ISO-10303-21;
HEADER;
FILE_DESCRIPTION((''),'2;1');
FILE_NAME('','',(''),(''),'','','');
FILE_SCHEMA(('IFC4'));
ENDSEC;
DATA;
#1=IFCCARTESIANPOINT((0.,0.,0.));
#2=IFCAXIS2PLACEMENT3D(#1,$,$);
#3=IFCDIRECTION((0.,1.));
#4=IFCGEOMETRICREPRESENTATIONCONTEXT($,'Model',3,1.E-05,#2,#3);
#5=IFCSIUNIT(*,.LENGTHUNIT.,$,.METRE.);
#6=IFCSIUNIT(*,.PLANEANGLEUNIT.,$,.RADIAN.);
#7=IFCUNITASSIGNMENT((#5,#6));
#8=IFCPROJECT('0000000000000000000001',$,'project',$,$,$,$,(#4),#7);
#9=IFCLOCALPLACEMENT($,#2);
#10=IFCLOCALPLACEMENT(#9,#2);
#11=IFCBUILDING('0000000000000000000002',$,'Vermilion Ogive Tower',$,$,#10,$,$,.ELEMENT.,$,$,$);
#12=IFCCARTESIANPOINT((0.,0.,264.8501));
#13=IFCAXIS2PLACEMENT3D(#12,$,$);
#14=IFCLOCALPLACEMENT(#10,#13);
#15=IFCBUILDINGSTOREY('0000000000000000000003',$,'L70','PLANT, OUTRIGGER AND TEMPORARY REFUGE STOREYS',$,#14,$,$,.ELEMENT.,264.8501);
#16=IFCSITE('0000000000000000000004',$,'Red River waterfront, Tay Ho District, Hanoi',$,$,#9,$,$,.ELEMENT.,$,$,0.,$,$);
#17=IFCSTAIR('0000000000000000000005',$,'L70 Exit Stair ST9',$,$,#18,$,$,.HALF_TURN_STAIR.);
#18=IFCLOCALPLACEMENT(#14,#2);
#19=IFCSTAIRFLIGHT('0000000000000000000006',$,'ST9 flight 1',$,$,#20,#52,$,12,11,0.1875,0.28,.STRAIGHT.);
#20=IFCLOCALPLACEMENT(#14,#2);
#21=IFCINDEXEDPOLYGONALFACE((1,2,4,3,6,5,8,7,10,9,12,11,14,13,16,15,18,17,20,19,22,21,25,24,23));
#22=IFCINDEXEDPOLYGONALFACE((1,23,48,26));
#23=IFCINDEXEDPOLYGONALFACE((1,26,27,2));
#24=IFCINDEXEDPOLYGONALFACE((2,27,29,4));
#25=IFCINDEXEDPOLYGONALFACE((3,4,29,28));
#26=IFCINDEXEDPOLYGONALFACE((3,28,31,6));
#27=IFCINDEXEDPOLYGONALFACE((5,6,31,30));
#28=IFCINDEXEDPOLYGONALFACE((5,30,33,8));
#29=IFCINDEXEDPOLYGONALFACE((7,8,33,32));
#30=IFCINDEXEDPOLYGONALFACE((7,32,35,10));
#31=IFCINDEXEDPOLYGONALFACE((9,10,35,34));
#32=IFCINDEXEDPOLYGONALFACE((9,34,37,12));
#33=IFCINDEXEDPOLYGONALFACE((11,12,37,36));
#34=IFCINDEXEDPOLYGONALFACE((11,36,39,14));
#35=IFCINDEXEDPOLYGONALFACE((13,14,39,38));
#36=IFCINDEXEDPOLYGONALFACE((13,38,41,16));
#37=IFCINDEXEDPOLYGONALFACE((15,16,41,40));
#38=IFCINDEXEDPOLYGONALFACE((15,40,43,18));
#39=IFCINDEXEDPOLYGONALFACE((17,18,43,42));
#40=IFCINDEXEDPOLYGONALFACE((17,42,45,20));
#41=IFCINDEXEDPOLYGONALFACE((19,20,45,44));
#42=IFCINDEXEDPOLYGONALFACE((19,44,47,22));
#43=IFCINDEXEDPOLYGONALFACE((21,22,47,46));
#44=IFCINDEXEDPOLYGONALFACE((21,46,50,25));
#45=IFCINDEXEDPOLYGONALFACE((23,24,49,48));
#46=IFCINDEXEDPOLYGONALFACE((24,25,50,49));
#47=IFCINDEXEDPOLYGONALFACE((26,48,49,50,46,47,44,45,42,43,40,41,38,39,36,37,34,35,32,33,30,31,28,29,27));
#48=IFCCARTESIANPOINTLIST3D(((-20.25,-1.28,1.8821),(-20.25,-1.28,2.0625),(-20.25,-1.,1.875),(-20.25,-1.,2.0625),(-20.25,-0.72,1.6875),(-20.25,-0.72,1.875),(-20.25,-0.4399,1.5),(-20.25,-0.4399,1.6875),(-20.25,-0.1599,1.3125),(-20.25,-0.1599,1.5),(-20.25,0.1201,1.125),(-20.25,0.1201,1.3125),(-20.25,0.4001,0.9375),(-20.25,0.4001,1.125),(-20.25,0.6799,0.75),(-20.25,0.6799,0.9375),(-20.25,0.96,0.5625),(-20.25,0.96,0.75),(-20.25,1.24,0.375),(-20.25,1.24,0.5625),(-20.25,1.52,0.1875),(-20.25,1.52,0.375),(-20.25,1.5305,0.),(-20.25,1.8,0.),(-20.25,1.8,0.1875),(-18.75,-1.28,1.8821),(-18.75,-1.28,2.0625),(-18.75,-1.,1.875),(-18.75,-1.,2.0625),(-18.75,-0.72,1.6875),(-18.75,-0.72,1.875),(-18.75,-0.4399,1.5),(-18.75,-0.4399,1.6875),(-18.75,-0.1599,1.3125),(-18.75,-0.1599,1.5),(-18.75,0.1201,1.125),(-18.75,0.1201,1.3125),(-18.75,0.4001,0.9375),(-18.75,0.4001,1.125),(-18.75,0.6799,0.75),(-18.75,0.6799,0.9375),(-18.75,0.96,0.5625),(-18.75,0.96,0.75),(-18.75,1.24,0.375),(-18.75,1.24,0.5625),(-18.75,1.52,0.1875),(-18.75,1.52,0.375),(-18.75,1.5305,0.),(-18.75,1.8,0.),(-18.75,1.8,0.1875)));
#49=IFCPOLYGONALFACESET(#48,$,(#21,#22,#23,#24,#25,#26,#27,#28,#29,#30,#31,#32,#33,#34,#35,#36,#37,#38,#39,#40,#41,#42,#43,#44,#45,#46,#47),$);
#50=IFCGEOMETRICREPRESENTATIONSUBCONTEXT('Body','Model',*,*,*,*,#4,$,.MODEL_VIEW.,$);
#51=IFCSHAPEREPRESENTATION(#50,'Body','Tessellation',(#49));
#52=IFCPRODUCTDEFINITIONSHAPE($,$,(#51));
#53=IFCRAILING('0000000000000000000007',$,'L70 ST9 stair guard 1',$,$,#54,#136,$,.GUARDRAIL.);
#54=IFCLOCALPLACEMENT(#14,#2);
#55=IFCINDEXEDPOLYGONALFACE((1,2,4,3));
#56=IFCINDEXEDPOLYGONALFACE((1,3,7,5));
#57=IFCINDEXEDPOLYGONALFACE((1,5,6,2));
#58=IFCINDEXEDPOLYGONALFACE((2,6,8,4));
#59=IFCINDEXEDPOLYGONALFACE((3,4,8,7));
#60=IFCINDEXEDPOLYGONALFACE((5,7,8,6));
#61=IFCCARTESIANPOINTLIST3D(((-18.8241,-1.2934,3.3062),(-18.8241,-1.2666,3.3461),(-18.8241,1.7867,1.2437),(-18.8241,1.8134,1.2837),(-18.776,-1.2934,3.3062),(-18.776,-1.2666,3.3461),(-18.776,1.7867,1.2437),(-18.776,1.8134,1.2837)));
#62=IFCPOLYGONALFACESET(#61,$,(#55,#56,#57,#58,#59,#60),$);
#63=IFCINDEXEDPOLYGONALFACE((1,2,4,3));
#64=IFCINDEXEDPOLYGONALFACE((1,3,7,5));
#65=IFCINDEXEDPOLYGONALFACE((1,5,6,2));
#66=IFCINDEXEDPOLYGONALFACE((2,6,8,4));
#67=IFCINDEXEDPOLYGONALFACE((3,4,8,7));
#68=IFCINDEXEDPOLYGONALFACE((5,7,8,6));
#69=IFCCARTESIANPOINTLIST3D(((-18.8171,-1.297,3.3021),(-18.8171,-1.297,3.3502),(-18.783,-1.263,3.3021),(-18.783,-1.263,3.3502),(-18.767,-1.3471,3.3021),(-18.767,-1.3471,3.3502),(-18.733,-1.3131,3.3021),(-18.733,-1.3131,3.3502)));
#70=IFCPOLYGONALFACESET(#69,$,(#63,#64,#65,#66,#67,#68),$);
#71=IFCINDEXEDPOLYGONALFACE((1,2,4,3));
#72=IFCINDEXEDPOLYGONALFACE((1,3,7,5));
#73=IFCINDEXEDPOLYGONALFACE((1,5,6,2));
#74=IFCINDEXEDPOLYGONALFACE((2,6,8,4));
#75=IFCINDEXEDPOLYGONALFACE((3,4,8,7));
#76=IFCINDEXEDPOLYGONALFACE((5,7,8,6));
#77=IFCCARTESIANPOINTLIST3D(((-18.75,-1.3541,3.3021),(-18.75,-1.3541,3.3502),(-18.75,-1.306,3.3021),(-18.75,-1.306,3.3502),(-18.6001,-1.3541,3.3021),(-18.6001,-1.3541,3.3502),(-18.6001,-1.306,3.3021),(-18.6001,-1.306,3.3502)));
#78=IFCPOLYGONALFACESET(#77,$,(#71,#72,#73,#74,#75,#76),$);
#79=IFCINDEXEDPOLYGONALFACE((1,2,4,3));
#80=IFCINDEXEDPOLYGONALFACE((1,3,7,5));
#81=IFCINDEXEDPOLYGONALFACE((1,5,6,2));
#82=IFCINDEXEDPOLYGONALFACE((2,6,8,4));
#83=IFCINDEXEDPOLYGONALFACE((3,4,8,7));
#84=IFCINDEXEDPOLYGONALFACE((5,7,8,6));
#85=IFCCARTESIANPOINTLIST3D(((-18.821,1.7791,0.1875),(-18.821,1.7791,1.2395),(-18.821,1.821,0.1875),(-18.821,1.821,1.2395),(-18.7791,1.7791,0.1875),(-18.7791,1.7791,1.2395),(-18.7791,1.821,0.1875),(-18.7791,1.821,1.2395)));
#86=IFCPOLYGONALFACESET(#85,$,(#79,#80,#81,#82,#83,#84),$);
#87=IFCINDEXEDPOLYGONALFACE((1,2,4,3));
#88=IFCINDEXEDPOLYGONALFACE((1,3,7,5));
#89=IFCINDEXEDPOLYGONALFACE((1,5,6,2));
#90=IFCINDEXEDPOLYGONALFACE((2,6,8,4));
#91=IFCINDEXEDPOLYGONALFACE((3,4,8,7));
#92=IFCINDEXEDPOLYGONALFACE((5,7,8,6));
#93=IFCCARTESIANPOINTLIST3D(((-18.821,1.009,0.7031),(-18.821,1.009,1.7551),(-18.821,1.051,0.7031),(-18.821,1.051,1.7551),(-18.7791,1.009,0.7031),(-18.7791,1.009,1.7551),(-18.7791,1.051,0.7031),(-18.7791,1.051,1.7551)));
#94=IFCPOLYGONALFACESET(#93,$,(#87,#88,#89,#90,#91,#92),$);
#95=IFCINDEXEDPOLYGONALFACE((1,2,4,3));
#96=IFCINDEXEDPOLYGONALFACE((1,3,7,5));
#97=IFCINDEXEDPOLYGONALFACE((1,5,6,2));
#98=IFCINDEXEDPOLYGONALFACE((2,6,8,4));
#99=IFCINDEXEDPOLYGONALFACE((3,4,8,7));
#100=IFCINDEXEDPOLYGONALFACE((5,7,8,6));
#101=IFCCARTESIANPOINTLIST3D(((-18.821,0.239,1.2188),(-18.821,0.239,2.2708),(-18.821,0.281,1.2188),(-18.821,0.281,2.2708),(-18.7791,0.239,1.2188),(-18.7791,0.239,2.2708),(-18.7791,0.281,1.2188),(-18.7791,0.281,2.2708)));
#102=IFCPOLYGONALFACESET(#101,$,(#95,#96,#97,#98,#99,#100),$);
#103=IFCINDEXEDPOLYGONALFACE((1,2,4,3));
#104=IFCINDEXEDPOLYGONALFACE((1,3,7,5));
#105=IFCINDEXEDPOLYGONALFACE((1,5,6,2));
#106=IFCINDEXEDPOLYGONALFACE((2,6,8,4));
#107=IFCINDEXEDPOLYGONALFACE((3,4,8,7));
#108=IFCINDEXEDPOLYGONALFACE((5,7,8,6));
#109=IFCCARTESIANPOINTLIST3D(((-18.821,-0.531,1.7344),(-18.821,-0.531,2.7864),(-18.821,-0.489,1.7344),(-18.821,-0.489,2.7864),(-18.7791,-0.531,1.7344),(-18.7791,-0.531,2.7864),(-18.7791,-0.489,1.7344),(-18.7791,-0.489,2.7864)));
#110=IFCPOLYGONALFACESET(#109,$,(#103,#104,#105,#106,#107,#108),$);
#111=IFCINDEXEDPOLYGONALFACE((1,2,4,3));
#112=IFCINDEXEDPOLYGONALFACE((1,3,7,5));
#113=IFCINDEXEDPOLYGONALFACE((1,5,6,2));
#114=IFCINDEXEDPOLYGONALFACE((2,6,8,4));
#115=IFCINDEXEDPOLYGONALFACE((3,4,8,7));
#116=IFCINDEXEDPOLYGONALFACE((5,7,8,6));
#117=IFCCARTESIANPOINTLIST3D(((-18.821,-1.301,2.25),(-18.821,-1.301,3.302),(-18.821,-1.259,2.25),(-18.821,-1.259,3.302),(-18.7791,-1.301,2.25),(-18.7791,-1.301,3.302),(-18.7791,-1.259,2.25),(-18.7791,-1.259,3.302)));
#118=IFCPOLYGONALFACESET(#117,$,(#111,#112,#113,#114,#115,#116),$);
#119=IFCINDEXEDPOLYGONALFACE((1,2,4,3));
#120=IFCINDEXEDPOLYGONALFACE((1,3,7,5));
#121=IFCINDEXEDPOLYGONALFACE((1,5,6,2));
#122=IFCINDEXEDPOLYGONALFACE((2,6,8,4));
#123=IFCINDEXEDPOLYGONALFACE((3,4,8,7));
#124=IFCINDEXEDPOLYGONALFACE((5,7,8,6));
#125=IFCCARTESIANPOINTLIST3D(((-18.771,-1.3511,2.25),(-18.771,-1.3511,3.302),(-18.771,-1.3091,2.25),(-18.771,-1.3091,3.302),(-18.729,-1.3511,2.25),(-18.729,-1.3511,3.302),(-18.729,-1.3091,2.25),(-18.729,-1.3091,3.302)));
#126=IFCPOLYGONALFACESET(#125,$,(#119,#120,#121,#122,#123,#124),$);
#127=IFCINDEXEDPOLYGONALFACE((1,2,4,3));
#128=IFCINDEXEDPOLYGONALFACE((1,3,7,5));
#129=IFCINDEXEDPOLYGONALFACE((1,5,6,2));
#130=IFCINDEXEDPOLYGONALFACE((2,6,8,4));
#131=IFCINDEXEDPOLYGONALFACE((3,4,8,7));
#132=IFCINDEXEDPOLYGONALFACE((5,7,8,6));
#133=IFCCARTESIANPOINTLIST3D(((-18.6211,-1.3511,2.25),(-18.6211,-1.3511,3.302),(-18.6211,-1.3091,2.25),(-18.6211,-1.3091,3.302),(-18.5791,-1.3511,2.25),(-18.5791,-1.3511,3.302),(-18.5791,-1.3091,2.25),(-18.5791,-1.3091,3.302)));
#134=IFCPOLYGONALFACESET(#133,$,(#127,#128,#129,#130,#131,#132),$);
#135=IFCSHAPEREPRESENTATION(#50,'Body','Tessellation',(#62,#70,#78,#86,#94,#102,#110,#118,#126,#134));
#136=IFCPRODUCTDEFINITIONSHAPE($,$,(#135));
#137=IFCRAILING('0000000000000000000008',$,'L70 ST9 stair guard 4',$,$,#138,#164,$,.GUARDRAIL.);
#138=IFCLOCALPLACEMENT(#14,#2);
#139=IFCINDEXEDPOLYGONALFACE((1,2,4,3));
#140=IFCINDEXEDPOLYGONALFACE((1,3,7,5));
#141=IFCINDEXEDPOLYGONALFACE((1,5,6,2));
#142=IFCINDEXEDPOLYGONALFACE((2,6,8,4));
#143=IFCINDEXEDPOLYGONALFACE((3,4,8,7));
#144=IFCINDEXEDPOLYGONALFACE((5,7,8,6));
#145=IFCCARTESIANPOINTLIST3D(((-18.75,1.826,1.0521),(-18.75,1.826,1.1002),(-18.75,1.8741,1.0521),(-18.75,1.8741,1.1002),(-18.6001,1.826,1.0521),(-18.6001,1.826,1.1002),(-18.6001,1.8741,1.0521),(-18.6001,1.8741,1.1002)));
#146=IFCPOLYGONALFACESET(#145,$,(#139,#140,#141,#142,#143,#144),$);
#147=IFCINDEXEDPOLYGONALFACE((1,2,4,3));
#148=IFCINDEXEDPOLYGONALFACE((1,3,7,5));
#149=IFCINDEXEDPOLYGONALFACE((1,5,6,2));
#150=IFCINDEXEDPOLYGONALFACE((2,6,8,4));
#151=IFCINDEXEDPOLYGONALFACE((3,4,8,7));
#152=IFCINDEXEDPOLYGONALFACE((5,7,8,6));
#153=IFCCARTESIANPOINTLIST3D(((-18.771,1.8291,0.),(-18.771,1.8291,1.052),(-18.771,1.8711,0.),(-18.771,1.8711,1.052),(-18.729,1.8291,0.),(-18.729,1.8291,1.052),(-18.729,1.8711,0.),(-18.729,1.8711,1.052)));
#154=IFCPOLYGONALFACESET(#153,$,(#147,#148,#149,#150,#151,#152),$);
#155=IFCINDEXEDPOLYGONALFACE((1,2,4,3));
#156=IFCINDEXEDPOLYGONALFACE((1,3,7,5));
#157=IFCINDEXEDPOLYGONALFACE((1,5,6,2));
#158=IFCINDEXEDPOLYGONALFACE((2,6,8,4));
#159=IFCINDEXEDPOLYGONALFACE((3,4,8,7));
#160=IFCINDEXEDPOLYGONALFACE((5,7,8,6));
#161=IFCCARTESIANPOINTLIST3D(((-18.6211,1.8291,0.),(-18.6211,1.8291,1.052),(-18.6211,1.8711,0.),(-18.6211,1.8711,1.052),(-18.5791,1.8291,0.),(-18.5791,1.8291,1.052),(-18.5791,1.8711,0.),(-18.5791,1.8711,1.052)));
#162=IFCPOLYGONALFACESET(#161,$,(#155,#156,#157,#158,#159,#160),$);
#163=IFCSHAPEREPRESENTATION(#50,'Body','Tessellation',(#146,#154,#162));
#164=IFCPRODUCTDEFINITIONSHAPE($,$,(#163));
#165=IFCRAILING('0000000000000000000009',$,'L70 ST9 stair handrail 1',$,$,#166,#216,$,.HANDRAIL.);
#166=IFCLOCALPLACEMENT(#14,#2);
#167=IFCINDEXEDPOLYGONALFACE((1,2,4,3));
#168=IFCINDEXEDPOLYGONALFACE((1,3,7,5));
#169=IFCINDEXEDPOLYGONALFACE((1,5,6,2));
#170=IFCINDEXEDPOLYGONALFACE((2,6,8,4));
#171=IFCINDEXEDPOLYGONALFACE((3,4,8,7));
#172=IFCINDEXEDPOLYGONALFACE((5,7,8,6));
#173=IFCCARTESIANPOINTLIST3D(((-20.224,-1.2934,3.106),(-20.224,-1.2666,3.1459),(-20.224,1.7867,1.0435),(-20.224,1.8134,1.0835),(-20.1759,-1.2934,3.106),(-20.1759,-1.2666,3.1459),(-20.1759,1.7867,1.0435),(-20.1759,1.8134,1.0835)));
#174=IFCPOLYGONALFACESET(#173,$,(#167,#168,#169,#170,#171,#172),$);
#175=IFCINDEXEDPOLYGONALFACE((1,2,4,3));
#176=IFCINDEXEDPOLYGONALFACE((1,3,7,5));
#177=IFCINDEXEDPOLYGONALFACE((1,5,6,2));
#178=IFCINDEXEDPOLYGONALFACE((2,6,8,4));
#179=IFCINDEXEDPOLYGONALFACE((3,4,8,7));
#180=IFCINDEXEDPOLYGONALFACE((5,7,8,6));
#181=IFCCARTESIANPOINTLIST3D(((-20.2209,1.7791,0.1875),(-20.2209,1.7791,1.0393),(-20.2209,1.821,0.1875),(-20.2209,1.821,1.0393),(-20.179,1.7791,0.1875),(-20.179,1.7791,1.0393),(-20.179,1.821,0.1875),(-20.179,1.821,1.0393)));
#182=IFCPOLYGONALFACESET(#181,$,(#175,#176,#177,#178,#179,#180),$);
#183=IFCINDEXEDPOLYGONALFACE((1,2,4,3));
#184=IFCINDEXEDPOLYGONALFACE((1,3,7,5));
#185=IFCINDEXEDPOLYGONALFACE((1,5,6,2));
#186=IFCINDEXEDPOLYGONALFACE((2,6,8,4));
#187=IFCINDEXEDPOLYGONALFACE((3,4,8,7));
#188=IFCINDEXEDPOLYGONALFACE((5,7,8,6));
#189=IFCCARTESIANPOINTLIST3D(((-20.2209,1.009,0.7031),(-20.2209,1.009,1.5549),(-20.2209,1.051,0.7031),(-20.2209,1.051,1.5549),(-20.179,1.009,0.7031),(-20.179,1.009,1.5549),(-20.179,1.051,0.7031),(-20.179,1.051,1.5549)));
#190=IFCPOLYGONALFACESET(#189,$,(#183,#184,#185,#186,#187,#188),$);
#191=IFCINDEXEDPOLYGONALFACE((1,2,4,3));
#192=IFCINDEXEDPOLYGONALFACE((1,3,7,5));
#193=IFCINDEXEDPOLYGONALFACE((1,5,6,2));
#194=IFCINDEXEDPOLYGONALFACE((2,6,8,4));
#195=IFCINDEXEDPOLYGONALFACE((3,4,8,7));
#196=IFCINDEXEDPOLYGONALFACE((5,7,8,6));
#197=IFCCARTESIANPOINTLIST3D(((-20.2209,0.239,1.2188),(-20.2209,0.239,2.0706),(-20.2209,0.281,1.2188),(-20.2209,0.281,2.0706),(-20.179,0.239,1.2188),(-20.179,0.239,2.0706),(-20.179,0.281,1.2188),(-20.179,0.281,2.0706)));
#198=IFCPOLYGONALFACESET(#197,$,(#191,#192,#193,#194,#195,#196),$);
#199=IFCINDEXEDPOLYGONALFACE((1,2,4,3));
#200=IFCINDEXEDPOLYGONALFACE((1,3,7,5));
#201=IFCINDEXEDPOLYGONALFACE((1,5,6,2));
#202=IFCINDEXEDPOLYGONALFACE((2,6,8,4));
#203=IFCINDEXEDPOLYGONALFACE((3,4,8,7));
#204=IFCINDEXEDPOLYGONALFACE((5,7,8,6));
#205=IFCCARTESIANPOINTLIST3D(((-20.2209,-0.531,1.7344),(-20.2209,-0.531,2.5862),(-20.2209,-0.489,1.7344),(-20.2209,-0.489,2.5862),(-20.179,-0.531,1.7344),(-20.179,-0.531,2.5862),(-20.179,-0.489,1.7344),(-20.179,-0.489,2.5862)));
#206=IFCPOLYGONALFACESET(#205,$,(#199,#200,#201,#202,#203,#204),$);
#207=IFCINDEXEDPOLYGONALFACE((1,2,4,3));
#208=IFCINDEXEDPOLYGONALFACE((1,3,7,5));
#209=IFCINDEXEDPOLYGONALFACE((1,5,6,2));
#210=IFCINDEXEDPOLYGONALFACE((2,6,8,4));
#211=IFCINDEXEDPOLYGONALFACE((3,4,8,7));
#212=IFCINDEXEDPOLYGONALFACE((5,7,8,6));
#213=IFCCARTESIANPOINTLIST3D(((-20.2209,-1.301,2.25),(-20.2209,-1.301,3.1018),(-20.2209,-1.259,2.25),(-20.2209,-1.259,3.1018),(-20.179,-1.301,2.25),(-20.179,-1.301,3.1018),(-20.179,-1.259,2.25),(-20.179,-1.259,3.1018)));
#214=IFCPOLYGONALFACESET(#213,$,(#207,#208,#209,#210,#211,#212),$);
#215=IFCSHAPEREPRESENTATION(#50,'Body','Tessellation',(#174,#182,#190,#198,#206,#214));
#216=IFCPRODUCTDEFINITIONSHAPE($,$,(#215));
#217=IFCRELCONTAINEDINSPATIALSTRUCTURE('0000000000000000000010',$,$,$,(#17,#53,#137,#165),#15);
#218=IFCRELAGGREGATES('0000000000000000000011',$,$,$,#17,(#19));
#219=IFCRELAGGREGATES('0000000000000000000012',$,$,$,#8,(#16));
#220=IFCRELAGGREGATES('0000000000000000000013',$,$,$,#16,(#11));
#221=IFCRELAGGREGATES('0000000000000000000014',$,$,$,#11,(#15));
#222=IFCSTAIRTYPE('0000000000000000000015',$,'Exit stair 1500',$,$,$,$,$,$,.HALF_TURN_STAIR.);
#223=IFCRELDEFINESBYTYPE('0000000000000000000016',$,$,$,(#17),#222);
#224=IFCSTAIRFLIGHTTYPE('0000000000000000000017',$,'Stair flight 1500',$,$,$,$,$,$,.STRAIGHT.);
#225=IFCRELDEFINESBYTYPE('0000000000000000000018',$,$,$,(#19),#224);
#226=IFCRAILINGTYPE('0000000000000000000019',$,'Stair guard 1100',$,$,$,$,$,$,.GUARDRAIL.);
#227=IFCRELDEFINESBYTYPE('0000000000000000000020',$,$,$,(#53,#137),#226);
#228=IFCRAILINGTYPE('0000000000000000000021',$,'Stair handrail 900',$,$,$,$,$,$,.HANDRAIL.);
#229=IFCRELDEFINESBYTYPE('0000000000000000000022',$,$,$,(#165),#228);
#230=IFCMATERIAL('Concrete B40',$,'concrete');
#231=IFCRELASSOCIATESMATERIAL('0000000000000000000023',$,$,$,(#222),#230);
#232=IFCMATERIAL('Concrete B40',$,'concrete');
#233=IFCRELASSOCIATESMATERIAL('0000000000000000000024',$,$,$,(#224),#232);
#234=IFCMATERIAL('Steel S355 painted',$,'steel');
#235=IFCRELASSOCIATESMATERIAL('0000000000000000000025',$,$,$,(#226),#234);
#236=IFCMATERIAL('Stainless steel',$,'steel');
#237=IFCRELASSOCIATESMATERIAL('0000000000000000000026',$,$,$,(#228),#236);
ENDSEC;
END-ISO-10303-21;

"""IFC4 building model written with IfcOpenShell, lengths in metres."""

from ifc_helpers import new_model, si_unit, direction, frame, origin, origin_2d, place, context, subcontext, project, spatial, polyline, rectangle, outline, extrude, material, type_object, element, aggregate, save


model = new_model("IFC4")

# Units and contexts
model_context = context("Model", 3, precision=1e-05, world=origin(), true_north=direction((0.0, 1.0)))
body_context = subcontext(model_context, "Body", "Model", "MODEL_VIEW")
ifc_project = project(units=[si_unit("LENGTHUNIT", "METRE"), si_unit("PLANEANGLEUNIT", "RADIAN")], contexts=[model_context])

# Site, building, storey
site_placement = place(None, origin())
site = spatial("IfcSite", under=ifc_project, at=site_placement, Name="Red River waterfront, Tay Ho District, Hanoi", CompositionType="ELEMENT", RefElevation=0.0)
building_placement = place(site_placement, origin())
building = spatial("IfcBuilding", under=site, at=building_placement, Name="Vermilion Ogive Tower", CompositionType="ELEMENT")
storey_placement = place(building_placement, frame((0.0, 0.0, 264.8501)))
storey = spatial("IfcBuildingStorey", under=building, at=storey_placement, Name="L70", Description="PLANT, OUTRIGGER AND TEMPORARY REFUGE STOREYS", CompositionType="ELEMENT", Elevation=264.8501)

# Stair, stair flight
ifc_material_1 = material(Name="Concrete B40", Category="concrete")
stair_type = type_object("IfcStairType", Name="Exit stair 1500", PredefinedType="HALF_TURN_STAIR", material=ifc_material_1)
stair_placement = place(storey_placement, origin())
stair = element("IfcStair", 1, at=stair_placement, inside=storey, type_object=stair_type, Name="L70 Exit Stair ST9", PredefinedType="HALF_TURN_STAIR")
ifc_material_2 = material(Name="Concrete B40", Category="concrete")
stair_flight_type = type_object("IfcStairFlightType", Name="Stair flight 1500", PredefinedType="STRAIGHT", material=ifc_material_2)
stair_flight_placement = place(storey_placement, frame((-19.5, 1.8, 0.0), z_axis=(0.0, 0.0, 1.0), x_axis=(0.0, -1.0, 0.0)))
stair_flight = element("IfcStairFlight", 2, at=stair_flight_placement, type_object=stair_flight_type, Name="ST9 flight 1", NumberOfRisers=12, NumberOfTreads=11, PredefinedType="STRAIGHT", RiserHeight=0.1875, TreadLength=0.28, context=body_context, shape_type="SweptSolid", body=[
    extrude(outline(polyline([(0.0, 0.0), (0.0, 0.1875), (0.28, 0.1875), (0.28, 0.375), (0.5601, 0.375), (0.5601, 0.5625), (0.8401, 0.5625), (0.8401, 0.75), (1.1201, 0.75), (1.1201, 0.9375), (1.3999, 0.9375), (1.3999, 1.125), (1.6799, 1.125), (1.6799, 1.3125), (1.96, 1.3125), (1.96, 1.5), (2.24, 1.5), (2.24, 1.6875), (2.52, 1.6875), (2.52, 1.875), (2.8, 1.875), (2.8, 2.0625), (3.0801, 2.0625), (3.0801, 2.25), (3.0801, 1.8821), (0.2695, 0.0), (0.0, 0.0)])), frame((0.0, 0.75, 0.0), z_axis=(0.0, -1.0, 0.0), x_axis=(1.0, 0.0, 0.0)), (0.0, 0.0, 1.0), 1.5),
])
aggregate(stair, [stair_flight])

# Railings
ifc_material_3 = material(Name="Steel S355 painted", Category="steel")
railing_type_1 = type_object("IfcRailingType", Name="Stair guard 1100", PredefinedType="GUARDRAIL", material=ifc_material_3)
railing_1_placement = place(storey_placement, frame((-18.8, 1.8, 0.1875)))
element("IfcRailing", 3, at=railing_1_placement, inside=storey, type_object=railing_type_1, Name="L70 ST9 stair guard 1", PredefinedType="GUARDRAIL", context=body_context, shape_type="SweptSolid", body=[
    extrude(rectangle(XDim=0.0481, YDim=0.0481, at=origin_2d()), frame((0.0, 0.0, 1.0762), z_axis=(0.0, -0.830914, 0.556401), x_axis=(1.0, 0.0, 0.0)), (0.0, 0.0, 1.0), 3.7068),
    extrude(rectangle(XDim=0.0481, YDim=0.0481, at=origin_2d()), frame((0.0, -3.0801, 3.1387), z_axis=(0.707107, -0.707107, 0.0), x_axis=(0.707107, 0.707107, 0.0)), (0.0, 0.0, 1.0), 0.0708),
    extrude(rectangle(XDim=0.0481, YDim=0.0481, at=origin_2d()), frame((0.05, -3.1301, 3.1387), z_axis=(1.0, 0.0, 0.0), x_axis=(0.0, 1.0, 0.0)), (0.0, 0.0, 1.0), 0.1499),
    extrude(rectangle(XDim=0.042, YDim=0.042, at=origin_2d()), origin(), (0.0, 0.0, 1.0), 1.052),
    extrude(rectangle(XDim=0.042, YDim=0.042, at=origin_2d()), frame((0.0, -0.77, 0.5156)), (0.0, 0.0, 1.0), 1.052),
    extrude(rectangle(XDim=0.042, YDim=0.042, at=origin_2d()), frame((0.0, -1.54, 1.0312)), (0.0, 0.0, 1.0), 1.052),
    extrude(rectangle(XDim=0.042, YDim=0.042, at=origin_2d()), frame((0.0, -2.3101, 1.5469)), (0.0, 0.0, 1.0), 1.052),
    extrude(rectangle(XDim=0.042, YDim=0.042, at=origin_2d()), frame((0.0, -3.0801, 2.0625)), (0.0, 0.0, 1.0), 1.052),
    extrude(rectangle(XDim=0.042, YDim=0.042, at=origin_2d()), frame((0.05, -3.1301, 2.0625)), (0.0, 0.0, 1.0), 1.052),
    extrude(rectangle(XDim=0.042, YDim=0.042, at=origin_2d()), frame((0.2, -3.1301, 2.0625)), (0.0, 0.0, 1.0), 1.052),
])
railing_2_placement = place(storey_placement, frame((-18.75, 1.8501, 0.0)))
element("IfcRailing", 4, at=railing_2_placement, inside=storey, type_object=railing_type_1, Name="L70 ST9 stair guard 4", PredefinedType="GUARDRAIL", context=body_context, shape_type="SweptSolid", body=[
    extrude(rectangle(XDim=0.0481, YDim=0.0481, at=origin_2d()), frame((0.0, 0.0, 1.0762), z_axis=(1.0, 0.0, 0.0), x_axis=(0.0, 1.0, 0.0)), (0.0, 0.0, 1.0), 0.1499),
    extrude(rectangle(XDim=0.042, YDim=0.042, at=origin_2d()), origin(), (0.0, 0.0, 1.0), 1.052),
    extrude(rectangle(XDim=0.042, YDim=0.042, at=origin_2d()), frame((0.1499, 0.0, 0.0)), (0.0, 0.0, 1.0), 1.052),
])
ifc_material_4 = material(Name="Stainless steel", Category="steel")
railing_type_2 = type_object("IfcRailingType", Name="Stair handrail 900", PredefinedType="HANDRAIL", material=ifc_material_4)
railing_3_placement = place(storey_placement, frame((-20.2, 1.8, 0.1875)))
element("IfcRailing", 5, at=railing_3_placement, inside=storey, type_object=railing_type_2, Name="L70 ST9 stair handrail 1", PredefinedType="HANDRAIL", context=body_context, shape_type="SweptSolid", body=[
    extrude(rectangle(XDim=0.0481, YDim=0.0481, at=origin_2d()), frame((0.0, 0.0, 0.876), z_axis=(0.0, -0.830914, 0.556401), x_axis=(1.0, 0.0, 0.0)), (0.0, 0.0, 1.0), 3.7068),
    extrude(rectangle(XDim=0.042, YDim=0.042, at=origin_2d()), origin(), (0.0, 0.0, 1.0), 0.8518),
    extrude(rectangle(XDim=0.042, YDim=0.042, at=origin_2d()), frame((0.0, -0.77, 0.5156)), (0.0, 0.0, 1.0), 0.8518),
    extrude(rectangle(XDim=0.042, YDim=0.042, at=origin_2d()), frame((0.0, -1.54, 1.0312)), (0.0, 0.0, 1.0), 0.8518),
    extrude(rectangle(XDim=0.042, YDim=0.042, at=origin_2d()), frame((0.0, -2.3101, 1.5469)), (0.0, 0.0, 1.0), 0.8518),
    extrude(rectangle(XDim=0.042, YDim=0.042, at=origin_2d()), frame((0.0, -3.0801, 2.0625)), (0.0, 0.0, 1.0), 0.8518),
])

save(model, "model.ifc")
